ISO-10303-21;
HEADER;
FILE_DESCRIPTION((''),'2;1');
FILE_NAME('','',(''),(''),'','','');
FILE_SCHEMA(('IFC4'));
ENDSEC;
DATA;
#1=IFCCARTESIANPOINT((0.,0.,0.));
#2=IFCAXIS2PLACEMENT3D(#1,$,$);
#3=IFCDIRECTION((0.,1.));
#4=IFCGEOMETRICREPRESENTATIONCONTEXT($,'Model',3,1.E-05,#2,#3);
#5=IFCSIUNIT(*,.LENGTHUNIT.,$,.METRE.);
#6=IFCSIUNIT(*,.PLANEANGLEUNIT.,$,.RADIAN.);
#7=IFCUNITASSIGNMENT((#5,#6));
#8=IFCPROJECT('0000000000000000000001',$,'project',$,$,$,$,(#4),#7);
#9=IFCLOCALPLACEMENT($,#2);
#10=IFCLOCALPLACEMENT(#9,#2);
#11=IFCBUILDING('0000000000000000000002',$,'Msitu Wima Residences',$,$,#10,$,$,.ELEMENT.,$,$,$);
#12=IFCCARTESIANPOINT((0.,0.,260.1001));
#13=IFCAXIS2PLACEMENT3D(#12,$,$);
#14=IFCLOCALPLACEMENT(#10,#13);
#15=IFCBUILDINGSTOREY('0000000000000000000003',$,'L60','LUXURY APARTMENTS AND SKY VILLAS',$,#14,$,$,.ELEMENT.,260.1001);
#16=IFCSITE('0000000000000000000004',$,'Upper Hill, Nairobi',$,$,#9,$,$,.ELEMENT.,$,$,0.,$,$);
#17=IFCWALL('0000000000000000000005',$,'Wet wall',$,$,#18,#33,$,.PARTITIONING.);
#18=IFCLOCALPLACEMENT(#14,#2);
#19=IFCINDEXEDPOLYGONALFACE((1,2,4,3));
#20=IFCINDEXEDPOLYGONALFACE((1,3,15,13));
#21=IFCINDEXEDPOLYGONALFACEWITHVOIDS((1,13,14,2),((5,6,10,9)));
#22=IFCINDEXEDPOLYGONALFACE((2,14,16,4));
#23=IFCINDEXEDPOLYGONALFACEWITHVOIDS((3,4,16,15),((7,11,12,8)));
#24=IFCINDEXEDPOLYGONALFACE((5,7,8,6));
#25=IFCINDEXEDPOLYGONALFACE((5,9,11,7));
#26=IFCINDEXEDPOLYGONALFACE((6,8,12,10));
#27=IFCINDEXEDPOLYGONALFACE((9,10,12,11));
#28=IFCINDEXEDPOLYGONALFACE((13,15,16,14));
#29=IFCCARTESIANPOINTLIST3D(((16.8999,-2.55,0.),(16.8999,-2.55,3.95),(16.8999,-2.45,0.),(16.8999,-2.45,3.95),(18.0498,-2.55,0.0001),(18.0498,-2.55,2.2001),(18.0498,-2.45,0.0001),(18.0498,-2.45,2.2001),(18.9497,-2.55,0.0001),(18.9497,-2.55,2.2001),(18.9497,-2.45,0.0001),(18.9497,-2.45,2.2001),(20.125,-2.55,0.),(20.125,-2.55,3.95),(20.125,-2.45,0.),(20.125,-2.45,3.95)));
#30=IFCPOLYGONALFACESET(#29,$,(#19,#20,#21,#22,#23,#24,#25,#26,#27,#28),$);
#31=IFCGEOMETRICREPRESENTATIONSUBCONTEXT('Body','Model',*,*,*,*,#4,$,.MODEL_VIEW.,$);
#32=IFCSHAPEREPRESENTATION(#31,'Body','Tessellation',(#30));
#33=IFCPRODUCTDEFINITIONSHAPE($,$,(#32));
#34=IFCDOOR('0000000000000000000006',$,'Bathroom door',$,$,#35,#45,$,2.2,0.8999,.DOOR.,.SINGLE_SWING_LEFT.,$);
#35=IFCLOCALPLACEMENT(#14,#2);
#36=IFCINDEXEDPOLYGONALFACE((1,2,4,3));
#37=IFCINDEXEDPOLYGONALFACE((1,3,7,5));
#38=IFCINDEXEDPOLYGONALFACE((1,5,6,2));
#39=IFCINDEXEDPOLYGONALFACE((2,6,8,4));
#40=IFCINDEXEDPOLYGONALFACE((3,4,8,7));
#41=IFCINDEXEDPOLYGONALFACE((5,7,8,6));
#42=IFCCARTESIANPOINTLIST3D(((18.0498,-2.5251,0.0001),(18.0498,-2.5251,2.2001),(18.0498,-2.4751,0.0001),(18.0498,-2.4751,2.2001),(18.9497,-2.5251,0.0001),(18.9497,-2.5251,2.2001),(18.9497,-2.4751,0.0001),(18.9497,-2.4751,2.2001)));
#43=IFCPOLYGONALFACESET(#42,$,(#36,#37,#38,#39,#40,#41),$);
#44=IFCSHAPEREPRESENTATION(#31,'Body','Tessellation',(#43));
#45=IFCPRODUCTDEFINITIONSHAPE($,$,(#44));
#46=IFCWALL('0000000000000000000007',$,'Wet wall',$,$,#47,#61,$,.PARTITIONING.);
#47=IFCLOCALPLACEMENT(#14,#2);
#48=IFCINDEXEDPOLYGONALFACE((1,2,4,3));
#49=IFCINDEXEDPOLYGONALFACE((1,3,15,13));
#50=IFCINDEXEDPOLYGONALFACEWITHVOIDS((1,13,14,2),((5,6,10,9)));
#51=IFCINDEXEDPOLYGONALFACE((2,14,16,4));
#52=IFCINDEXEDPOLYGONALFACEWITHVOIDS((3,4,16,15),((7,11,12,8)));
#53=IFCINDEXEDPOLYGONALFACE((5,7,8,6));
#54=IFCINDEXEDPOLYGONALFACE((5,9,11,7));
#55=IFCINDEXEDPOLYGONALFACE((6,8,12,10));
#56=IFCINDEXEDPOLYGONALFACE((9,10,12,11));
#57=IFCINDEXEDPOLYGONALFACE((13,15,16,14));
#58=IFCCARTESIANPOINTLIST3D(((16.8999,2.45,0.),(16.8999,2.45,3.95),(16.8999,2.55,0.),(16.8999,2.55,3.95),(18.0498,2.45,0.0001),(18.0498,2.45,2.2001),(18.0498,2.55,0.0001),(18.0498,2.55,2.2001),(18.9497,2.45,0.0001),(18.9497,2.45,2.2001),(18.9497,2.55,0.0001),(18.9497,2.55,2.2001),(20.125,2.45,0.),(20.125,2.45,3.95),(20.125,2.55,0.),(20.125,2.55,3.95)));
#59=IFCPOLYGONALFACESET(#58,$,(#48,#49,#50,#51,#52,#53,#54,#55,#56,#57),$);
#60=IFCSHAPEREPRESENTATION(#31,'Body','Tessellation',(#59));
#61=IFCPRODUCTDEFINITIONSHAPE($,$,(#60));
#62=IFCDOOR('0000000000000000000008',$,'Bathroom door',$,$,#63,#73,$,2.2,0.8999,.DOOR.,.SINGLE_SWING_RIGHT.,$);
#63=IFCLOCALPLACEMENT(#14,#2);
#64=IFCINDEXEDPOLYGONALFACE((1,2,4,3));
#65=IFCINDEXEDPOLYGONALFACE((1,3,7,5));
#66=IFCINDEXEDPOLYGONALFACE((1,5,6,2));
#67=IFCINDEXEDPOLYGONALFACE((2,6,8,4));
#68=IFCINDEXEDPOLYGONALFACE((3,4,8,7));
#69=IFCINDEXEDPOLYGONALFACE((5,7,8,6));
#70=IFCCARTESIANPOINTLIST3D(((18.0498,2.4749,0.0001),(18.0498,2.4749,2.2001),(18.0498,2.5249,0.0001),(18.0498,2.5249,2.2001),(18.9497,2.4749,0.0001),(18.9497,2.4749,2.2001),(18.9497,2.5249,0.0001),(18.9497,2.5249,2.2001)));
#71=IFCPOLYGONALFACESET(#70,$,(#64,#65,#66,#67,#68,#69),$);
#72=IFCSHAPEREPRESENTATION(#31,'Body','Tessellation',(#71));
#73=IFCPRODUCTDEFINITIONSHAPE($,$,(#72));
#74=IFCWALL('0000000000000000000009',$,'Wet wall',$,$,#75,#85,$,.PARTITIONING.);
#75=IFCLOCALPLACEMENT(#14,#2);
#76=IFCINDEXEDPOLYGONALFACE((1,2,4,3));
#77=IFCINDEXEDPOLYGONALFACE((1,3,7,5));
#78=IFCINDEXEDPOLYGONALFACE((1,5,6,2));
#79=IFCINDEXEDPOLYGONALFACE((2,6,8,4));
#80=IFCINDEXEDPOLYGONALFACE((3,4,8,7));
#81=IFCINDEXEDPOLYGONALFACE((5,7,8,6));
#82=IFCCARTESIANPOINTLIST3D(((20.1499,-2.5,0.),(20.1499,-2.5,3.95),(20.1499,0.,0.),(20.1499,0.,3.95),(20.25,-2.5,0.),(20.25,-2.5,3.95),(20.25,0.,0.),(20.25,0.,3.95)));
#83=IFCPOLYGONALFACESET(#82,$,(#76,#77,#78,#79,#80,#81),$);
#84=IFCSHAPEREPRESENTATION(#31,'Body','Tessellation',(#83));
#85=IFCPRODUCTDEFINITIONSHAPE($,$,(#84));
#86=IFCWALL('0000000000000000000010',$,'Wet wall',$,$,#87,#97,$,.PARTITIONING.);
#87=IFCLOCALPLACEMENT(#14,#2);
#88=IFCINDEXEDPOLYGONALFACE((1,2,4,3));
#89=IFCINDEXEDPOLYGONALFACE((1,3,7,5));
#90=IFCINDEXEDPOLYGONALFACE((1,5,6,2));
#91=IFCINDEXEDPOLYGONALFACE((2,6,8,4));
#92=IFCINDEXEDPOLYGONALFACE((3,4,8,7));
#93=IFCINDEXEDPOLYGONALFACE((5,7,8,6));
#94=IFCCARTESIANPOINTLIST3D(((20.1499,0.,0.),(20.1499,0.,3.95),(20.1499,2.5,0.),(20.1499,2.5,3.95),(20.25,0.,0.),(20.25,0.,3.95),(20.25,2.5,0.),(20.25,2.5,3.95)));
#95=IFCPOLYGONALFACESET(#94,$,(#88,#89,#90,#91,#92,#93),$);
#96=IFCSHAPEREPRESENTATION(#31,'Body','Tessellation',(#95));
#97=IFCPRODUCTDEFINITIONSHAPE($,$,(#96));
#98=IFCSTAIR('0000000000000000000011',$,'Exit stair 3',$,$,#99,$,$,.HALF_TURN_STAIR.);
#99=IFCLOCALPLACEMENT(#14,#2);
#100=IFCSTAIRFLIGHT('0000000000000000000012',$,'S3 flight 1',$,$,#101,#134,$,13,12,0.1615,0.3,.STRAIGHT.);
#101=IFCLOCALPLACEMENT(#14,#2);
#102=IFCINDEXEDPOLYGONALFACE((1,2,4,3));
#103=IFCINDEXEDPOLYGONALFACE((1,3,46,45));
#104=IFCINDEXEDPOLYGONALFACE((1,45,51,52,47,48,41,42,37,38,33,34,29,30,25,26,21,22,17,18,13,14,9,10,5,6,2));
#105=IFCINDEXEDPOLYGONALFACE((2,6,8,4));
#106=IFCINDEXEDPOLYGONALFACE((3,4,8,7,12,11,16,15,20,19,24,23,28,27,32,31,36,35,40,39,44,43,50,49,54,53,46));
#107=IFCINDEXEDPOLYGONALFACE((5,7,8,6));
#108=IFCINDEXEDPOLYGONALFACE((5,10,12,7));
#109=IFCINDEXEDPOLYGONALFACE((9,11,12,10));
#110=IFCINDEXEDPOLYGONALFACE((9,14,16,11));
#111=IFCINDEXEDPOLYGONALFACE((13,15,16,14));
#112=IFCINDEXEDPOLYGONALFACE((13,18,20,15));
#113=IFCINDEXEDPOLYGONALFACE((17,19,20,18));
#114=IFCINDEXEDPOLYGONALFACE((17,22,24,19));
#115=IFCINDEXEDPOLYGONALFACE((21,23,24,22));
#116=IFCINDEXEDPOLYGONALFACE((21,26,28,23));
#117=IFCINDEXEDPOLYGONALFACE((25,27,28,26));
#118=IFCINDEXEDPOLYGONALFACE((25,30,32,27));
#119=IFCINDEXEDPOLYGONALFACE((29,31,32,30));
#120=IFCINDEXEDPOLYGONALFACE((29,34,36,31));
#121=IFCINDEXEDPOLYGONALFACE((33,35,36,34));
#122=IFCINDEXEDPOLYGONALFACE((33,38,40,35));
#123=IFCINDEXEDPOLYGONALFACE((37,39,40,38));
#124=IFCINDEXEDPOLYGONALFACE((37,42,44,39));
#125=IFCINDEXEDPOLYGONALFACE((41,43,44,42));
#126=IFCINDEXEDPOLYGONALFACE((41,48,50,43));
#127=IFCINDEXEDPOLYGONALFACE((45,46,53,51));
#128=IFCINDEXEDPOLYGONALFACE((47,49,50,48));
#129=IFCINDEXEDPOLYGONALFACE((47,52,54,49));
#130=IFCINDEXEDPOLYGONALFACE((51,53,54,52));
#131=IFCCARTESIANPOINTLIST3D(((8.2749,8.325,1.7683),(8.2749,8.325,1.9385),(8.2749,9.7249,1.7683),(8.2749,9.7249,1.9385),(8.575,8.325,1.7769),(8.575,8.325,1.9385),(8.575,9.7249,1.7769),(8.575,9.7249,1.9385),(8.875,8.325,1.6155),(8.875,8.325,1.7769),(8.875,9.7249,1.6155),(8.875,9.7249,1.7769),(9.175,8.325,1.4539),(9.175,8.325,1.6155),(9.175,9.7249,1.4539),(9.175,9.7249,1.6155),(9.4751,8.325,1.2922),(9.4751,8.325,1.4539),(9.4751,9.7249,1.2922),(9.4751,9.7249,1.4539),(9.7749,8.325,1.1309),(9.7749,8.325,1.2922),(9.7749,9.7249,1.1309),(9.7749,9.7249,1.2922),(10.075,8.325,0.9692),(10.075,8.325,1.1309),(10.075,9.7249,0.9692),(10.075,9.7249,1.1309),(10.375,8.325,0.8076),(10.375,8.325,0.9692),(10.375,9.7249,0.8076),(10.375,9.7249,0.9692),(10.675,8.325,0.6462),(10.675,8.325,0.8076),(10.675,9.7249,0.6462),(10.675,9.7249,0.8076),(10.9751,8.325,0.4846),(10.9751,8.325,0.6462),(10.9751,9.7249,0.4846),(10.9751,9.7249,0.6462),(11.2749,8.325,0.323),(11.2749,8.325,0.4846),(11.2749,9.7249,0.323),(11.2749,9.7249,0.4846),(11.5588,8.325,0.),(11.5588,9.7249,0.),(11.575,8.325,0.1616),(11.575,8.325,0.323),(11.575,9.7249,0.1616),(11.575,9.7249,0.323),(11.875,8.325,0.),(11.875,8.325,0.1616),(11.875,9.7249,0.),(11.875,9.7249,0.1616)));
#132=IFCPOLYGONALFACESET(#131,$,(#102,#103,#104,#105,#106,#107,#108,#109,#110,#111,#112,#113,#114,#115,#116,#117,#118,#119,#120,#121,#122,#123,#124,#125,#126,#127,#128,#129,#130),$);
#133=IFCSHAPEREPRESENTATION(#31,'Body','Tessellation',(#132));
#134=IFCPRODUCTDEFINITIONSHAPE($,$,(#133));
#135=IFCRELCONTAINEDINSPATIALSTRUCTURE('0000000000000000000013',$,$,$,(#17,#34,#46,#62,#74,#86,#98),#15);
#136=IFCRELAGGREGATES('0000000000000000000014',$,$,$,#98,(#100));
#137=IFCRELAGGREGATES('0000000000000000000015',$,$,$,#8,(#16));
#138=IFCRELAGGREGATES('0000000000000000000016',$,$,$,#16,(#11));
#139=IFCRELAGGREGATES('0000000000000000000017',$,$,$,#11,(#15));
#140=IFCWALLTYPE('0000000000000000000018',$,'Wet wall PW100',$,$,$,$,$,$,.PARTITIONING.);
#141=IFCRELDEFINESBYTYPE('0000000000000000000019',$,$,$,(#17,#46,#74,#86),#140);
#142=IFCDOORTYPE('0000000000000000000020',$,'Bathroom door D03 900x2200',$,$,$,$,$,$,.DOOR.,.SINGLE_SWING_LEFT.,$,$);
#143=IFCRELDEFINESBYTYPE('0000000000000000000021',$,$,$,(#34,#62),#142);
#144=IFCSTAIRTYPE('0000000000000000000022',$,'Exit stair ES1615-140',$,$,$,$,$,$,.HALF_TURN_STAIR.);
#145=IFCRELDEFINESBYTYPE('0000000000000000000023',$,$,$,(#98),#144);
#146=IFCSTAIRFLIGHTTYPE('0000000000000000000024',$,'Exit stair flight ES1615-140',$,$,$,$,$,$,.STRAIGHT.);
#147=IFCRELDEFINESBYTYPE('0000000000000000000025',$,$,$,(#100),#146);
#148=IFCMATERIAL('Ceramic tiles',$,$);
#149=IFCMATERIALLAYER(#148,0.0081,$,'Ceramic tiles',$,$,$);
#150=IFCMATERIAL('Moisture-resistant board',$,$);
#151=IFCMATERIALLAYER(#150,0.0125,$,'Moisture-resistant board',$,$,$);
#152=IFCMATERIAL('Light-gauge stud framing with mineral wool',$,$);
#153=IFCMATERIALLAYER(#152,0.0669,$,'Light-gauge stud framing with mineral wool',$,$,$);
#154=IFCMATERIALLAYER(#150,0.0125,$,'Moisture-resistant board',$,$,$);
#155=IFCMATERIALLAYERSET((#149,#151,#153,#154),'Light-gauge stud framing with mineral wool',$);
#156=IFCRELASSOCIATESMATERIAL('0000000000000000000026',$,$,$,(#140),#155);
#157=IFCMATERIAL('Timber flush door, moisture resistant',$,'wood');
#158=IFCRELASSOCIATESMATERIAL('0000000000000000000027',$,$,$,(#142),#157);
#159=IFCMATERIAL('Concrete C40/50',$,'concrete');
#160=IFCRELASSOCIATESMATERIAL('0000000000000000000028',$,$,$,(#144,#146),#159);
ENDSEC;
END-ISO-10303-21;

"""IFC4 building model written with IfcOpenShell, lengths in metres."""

from ifc_helpers import new_model, si_unit, direction, frame, frame_2d, origin, place, context, subcontext, project, spatial, polyline, rectangle, outline, extrude, material, layer, layer_set, type_object, element, fill, aggregate, save


model = new_model("IFC4")

# Units and contexts
model_context = context("Model", 3, precision=1e-05, world=origin(), true_north=direction((0.0, 1.0)))
body_context = subcontext(model_context, "Body", "Model", "MODEL_VIEW")
ifc_project = project(units=[si_unit("LENGTHUNIT", "METRE"), si_unit("PLANEANGLEUNIT", "RADIAN")], contexts=[model_context])

# Site, building, storey
site_placement = place(None, origin())
site = spatial("IfcSite", under=ifc_project, at=site_placement, Name="Upper Hill, Nairobi", CompositionType="ELEMENT", RefElevation=0.0)
building_placement = place(site_placement, origin())
building = spatial("IfcBuilding", under=site, at=building_placement, Name="Msitu Wima Residences", CompositionType="ELEMENT")
storey_placement = place(building_placement, frame((0.0, 0.0, 260.1001)))
storey = spatial("IfcBuildingStorey", under=building, at=storey_placement, Name="L60", Description="LUXURY APARTMENTS AND SKY VILLAS", CompositionType="ELEMENT", Elevation=260.1001)

# Walls, openings, doors
ifc_material_1 = material(Name="Ceramic tiles")
ifc_layer_1 = layer(ifc_material_1, 0.0081, Name="Ceramic tiles")
ifc_material_2 = material(Name="Moisture-resistant board")
ifc_layer_2 = layer(ifc_material_2, 0.0125, Name="Moisture-resistant board")
ifc_material_3 = material(Name="Light-gauge stud framing with mineral wool")
ifc_layer_3 = layer(ifc_material_3, 0.0669, Name="Light-gauge stud framing with mineral wool")
ifc_layer_4 = layer(ifc_material_2, 0.0125, Name="Moisture-resistant board")
ifc_layer_set_1 = layer_set([ifc_layer_1, ifc_layer_2, ifc_layer_3, ifc_layer_4], Name="Light-gauge stud framing with mineral wool")
wall_type_1 = type_object("IfcWallType", Name="Wet wall PW100", PredefinedType="PARTITIONING", material=ifc_layer_set_1)
wall_1_placement = place(storey_placement, frame((16.8999, -2.5, 0.0), z_axis=(0.0, 0.0, 1.0), x_axis=(1.0, 0.0, 0.0)))
wall_1 = element("IfcWall", 1, at=wall_1_placement, inside=storey, type_object=wall_type_1, Name="Wet wall", PredefinedType="PARTITIONING", context=body_context, shape_type="SweptSolid", body=[
    extrude(rectangle(XDim=3.2251, YDim=0.1001, at=frame_2d((1.6125, 0.0))), origin(), (0.0, 0.0, 1.0), 3.95),
])
opening_1_placement = place(wall_1_placement, frame((1.1499, 0.0, 0.0)))
opening_1 = element("IfcOpeningElement", 2, at=opening_1_placement, cuts=wall_1, PredefinedType="OPENING", context=body_context, shape_type="SweptSolid", body=[
    extrude(rectangle(XDim=0.8999, YDim=2.2, at=frame_2d((0.45, 1.1001))), frame((0.0, 0.0601, 0.0), z_axis=(0.0, -1.0, 0.0), x_axis=(1.0, 0.0, 0.0)), (0.0, 0.0, 1.0), 0.1201),
])
ifc_material_4 = material(Name="Timber flush door, moisture resistant", Category="wood")
door_type_1 = type_object("IfcDoorType", Name="Bathroom door D03 900x2200", OperationType="SINGLE_SWING_LEFT", PredefinedType="DOOR", material=ifc_material_4)
door_1_placement = place(opening_1_placement, origin())
door_1 = element("IfcDoor", 3, at=door_1_placement, inside=storey, type_object=door_type_1, Name="Bathroom door", OperationType="SINGLE_SWING_LEFT", OverallHeight=2.2, OverallWidth=0.8999, PredefinedType="DOOR", context=body_context, shape_type="SweptSolid", body=[
    extrude(rectangle(XDim=0.8999, YDim=2.2, at=frame_2d((0.45, 1.1001))), frame((0.0, 0.0249, 0.0), z_axis=(0.0, -1.0, 0.0), x_axis=(1.0, 0.0, 0.0)), (0.0, 0.0, 1.0), 0.05),
])
fill(opening_1, door_1)
wall_2_placement = place(storey_placement, frame((16.8999, 2.5, 0.0), z_axis=(0.0, 0.0, 1.0), x_axis=(1.0, 0.0, 0.0)))
wall_2 = element("IfcWall", 4, at=wall_2_placement, inside=storey, type_object=wall_type_1, Name="Wet wall", PredefinedType="PARTITIONING", context=body_context, shape_type="SweptSolid", body=[
    extrude(rectangle(XDim=3.2251, YDim=0.1001, at=frame_2d((1.6125, 0.0))), origin(), (0.0, 0.0, 1.0), 3.95),
])
opening_2_placement = place(wall_2_placement, frame((1.1499, 0.0, 0.0)))
opening_2 = element("IfcOpeningElement", 5, at=opening_2_placement, cuts=wall_2, PredefinedType="OPENING", context=body_context, shape_type="SweptSolid", body=[
    extrude(rectangle(XDim=0.8999, YDim=2.2, at=frame_2d((0.45, 1.1001))), frame((0.0, 0.0601, 0.0), z_axis=(0.0, -1.0, 0.0), x_axis=(1.0, 0.0, 0.0)), (0.0, 0.0, 1.0), 0.1201),
])
door_2_placement = place(opening_2_placement, origin())
door_2 = element("IfcDoor", 6, at=door_2_placement, inside=storey, type_object=door_type_1, Name="Bathroom door", OperationType="SINGLE_SWING_RIGHT", OverallHeight=2.2, OverallWidth=0.8999, PredefinedType="DOOR", context=body_context, shape_type="SweptSolid", body=[
    extrude(rectangle(XDim=0.8999, YDim=2.2, at=frame_2d((0.45, 1.1001))), frame((0.0, 0.0249, 0.0), z_axis=(0.0, -1.0, 0.0), x_axis=(1.0, 0.0, 0.0)), (0.0, 0.0, 1.0), 0.05),
])
fill(opening_2, door_2)

# Walls
for number, where, z_axis, x_axis, name in (
    (7, (20.2, -2.5, 0.0), (0.0, 0.0, 1.0), (0.0, 1.0, 0.0), "Wet wall"),
    (8, (20.2, 0.0, 0.0), (0.0, 0.0, 1.0), (0.0, 1.0, 0.0), "Wet wall"),
):
    element("IfcWall", number, at=place(storey_placement, frame(where, z_axis=z_axis, x_axis=x_axis)), inside=storey, type_object=wall_type_1, Name=name, PredefinedType="PARTITIONING", context=body_context, shape_type="SweptSolid", body=[
        extrude(rectangle(XDim=2.5, YDim=0.1001, at=frame_2d((1.25, 0.0))), origin(), (0.0, 0.0, 1.0), 3.95),
    ])

# Stair, stair flight
ifc_material_5 = material(Name="Concrete C40/50", Category="concrete")
stair_type = type_object("IfcStairType", Name="Exit stair ES1615-140", PredefinedType="HALF_TURN_STAIR", material=ifc_material_5)
stair_placement = place(storey_placement, origin())
stair = element("IfcStair", 9, at=stair_placement, inside=storey, type_object=stair_type, Name="Exit stair 3", PredefinedType="HALF_TURN_STAIR")
stair_flight_type = type_object("IfcStairFlightType", Name="Exit stair flight ES1615-140", PredefinedType="STRAIGHT", material=ifc_material_5)
stair_flight_placement = place(storey_placement, frame((11.875, 9.0249, 0.0), z_axis=(0.0, 0.0, 1.0), x_axis=(-1.0, 0.0, 0.0)))
stair_flight = element("IfcStairFlight", 10, at=stair_flight_placement, type_object=stair_flight_type, Name="S3 flight 1", NumberOfRisers=13, NumberOfTreads=12, PredefinedType="STRAIGHT", RiserHeight=0.1615, TreadLength=0.3, context=body_context, shape_type="SweptSolid", body=[
    extrude(outline(polyline([(0.0, 0.0), (0.0, 0.1616), (0.3, 0.1616), (0.3, 0.323), (0.6001, 0.323), (0.6001, 0.4846), (0.8999, 0.4846), (0.8999, 0.6462), (1.2, 0.6462), (1.2, 0.8076), (1.5, 0.8076), (1.5, 0.9692), (1.8, 0.9692), (1.8, 1.1309), (2.1001, 1.1309), (2.1001, 1.2922), (2.3999, 1.2922), (2.3999, 1.4539), (2.7, 1.4539), (2.7, 1.6155), (3.0, 1.6155), (3.0, 1.7769), (3.3, 1.7769), (3.3, 1.9385), (3.6001, 1.9385), (3.6001, 2.1001), (3.6001, 1.7683), (0.3162, 0.0), (0.0, 0.0)])), frame((0.0, 0.7, 0.0), z_axis=(0.0, -1.0, 0.0), x_axis=(1.0, 0.0, 0.0)), (0.0, 0.0, 1.0), 1.3999),
])
aggregate(stair, [stair_flight])

save(model, "model.ifc")
